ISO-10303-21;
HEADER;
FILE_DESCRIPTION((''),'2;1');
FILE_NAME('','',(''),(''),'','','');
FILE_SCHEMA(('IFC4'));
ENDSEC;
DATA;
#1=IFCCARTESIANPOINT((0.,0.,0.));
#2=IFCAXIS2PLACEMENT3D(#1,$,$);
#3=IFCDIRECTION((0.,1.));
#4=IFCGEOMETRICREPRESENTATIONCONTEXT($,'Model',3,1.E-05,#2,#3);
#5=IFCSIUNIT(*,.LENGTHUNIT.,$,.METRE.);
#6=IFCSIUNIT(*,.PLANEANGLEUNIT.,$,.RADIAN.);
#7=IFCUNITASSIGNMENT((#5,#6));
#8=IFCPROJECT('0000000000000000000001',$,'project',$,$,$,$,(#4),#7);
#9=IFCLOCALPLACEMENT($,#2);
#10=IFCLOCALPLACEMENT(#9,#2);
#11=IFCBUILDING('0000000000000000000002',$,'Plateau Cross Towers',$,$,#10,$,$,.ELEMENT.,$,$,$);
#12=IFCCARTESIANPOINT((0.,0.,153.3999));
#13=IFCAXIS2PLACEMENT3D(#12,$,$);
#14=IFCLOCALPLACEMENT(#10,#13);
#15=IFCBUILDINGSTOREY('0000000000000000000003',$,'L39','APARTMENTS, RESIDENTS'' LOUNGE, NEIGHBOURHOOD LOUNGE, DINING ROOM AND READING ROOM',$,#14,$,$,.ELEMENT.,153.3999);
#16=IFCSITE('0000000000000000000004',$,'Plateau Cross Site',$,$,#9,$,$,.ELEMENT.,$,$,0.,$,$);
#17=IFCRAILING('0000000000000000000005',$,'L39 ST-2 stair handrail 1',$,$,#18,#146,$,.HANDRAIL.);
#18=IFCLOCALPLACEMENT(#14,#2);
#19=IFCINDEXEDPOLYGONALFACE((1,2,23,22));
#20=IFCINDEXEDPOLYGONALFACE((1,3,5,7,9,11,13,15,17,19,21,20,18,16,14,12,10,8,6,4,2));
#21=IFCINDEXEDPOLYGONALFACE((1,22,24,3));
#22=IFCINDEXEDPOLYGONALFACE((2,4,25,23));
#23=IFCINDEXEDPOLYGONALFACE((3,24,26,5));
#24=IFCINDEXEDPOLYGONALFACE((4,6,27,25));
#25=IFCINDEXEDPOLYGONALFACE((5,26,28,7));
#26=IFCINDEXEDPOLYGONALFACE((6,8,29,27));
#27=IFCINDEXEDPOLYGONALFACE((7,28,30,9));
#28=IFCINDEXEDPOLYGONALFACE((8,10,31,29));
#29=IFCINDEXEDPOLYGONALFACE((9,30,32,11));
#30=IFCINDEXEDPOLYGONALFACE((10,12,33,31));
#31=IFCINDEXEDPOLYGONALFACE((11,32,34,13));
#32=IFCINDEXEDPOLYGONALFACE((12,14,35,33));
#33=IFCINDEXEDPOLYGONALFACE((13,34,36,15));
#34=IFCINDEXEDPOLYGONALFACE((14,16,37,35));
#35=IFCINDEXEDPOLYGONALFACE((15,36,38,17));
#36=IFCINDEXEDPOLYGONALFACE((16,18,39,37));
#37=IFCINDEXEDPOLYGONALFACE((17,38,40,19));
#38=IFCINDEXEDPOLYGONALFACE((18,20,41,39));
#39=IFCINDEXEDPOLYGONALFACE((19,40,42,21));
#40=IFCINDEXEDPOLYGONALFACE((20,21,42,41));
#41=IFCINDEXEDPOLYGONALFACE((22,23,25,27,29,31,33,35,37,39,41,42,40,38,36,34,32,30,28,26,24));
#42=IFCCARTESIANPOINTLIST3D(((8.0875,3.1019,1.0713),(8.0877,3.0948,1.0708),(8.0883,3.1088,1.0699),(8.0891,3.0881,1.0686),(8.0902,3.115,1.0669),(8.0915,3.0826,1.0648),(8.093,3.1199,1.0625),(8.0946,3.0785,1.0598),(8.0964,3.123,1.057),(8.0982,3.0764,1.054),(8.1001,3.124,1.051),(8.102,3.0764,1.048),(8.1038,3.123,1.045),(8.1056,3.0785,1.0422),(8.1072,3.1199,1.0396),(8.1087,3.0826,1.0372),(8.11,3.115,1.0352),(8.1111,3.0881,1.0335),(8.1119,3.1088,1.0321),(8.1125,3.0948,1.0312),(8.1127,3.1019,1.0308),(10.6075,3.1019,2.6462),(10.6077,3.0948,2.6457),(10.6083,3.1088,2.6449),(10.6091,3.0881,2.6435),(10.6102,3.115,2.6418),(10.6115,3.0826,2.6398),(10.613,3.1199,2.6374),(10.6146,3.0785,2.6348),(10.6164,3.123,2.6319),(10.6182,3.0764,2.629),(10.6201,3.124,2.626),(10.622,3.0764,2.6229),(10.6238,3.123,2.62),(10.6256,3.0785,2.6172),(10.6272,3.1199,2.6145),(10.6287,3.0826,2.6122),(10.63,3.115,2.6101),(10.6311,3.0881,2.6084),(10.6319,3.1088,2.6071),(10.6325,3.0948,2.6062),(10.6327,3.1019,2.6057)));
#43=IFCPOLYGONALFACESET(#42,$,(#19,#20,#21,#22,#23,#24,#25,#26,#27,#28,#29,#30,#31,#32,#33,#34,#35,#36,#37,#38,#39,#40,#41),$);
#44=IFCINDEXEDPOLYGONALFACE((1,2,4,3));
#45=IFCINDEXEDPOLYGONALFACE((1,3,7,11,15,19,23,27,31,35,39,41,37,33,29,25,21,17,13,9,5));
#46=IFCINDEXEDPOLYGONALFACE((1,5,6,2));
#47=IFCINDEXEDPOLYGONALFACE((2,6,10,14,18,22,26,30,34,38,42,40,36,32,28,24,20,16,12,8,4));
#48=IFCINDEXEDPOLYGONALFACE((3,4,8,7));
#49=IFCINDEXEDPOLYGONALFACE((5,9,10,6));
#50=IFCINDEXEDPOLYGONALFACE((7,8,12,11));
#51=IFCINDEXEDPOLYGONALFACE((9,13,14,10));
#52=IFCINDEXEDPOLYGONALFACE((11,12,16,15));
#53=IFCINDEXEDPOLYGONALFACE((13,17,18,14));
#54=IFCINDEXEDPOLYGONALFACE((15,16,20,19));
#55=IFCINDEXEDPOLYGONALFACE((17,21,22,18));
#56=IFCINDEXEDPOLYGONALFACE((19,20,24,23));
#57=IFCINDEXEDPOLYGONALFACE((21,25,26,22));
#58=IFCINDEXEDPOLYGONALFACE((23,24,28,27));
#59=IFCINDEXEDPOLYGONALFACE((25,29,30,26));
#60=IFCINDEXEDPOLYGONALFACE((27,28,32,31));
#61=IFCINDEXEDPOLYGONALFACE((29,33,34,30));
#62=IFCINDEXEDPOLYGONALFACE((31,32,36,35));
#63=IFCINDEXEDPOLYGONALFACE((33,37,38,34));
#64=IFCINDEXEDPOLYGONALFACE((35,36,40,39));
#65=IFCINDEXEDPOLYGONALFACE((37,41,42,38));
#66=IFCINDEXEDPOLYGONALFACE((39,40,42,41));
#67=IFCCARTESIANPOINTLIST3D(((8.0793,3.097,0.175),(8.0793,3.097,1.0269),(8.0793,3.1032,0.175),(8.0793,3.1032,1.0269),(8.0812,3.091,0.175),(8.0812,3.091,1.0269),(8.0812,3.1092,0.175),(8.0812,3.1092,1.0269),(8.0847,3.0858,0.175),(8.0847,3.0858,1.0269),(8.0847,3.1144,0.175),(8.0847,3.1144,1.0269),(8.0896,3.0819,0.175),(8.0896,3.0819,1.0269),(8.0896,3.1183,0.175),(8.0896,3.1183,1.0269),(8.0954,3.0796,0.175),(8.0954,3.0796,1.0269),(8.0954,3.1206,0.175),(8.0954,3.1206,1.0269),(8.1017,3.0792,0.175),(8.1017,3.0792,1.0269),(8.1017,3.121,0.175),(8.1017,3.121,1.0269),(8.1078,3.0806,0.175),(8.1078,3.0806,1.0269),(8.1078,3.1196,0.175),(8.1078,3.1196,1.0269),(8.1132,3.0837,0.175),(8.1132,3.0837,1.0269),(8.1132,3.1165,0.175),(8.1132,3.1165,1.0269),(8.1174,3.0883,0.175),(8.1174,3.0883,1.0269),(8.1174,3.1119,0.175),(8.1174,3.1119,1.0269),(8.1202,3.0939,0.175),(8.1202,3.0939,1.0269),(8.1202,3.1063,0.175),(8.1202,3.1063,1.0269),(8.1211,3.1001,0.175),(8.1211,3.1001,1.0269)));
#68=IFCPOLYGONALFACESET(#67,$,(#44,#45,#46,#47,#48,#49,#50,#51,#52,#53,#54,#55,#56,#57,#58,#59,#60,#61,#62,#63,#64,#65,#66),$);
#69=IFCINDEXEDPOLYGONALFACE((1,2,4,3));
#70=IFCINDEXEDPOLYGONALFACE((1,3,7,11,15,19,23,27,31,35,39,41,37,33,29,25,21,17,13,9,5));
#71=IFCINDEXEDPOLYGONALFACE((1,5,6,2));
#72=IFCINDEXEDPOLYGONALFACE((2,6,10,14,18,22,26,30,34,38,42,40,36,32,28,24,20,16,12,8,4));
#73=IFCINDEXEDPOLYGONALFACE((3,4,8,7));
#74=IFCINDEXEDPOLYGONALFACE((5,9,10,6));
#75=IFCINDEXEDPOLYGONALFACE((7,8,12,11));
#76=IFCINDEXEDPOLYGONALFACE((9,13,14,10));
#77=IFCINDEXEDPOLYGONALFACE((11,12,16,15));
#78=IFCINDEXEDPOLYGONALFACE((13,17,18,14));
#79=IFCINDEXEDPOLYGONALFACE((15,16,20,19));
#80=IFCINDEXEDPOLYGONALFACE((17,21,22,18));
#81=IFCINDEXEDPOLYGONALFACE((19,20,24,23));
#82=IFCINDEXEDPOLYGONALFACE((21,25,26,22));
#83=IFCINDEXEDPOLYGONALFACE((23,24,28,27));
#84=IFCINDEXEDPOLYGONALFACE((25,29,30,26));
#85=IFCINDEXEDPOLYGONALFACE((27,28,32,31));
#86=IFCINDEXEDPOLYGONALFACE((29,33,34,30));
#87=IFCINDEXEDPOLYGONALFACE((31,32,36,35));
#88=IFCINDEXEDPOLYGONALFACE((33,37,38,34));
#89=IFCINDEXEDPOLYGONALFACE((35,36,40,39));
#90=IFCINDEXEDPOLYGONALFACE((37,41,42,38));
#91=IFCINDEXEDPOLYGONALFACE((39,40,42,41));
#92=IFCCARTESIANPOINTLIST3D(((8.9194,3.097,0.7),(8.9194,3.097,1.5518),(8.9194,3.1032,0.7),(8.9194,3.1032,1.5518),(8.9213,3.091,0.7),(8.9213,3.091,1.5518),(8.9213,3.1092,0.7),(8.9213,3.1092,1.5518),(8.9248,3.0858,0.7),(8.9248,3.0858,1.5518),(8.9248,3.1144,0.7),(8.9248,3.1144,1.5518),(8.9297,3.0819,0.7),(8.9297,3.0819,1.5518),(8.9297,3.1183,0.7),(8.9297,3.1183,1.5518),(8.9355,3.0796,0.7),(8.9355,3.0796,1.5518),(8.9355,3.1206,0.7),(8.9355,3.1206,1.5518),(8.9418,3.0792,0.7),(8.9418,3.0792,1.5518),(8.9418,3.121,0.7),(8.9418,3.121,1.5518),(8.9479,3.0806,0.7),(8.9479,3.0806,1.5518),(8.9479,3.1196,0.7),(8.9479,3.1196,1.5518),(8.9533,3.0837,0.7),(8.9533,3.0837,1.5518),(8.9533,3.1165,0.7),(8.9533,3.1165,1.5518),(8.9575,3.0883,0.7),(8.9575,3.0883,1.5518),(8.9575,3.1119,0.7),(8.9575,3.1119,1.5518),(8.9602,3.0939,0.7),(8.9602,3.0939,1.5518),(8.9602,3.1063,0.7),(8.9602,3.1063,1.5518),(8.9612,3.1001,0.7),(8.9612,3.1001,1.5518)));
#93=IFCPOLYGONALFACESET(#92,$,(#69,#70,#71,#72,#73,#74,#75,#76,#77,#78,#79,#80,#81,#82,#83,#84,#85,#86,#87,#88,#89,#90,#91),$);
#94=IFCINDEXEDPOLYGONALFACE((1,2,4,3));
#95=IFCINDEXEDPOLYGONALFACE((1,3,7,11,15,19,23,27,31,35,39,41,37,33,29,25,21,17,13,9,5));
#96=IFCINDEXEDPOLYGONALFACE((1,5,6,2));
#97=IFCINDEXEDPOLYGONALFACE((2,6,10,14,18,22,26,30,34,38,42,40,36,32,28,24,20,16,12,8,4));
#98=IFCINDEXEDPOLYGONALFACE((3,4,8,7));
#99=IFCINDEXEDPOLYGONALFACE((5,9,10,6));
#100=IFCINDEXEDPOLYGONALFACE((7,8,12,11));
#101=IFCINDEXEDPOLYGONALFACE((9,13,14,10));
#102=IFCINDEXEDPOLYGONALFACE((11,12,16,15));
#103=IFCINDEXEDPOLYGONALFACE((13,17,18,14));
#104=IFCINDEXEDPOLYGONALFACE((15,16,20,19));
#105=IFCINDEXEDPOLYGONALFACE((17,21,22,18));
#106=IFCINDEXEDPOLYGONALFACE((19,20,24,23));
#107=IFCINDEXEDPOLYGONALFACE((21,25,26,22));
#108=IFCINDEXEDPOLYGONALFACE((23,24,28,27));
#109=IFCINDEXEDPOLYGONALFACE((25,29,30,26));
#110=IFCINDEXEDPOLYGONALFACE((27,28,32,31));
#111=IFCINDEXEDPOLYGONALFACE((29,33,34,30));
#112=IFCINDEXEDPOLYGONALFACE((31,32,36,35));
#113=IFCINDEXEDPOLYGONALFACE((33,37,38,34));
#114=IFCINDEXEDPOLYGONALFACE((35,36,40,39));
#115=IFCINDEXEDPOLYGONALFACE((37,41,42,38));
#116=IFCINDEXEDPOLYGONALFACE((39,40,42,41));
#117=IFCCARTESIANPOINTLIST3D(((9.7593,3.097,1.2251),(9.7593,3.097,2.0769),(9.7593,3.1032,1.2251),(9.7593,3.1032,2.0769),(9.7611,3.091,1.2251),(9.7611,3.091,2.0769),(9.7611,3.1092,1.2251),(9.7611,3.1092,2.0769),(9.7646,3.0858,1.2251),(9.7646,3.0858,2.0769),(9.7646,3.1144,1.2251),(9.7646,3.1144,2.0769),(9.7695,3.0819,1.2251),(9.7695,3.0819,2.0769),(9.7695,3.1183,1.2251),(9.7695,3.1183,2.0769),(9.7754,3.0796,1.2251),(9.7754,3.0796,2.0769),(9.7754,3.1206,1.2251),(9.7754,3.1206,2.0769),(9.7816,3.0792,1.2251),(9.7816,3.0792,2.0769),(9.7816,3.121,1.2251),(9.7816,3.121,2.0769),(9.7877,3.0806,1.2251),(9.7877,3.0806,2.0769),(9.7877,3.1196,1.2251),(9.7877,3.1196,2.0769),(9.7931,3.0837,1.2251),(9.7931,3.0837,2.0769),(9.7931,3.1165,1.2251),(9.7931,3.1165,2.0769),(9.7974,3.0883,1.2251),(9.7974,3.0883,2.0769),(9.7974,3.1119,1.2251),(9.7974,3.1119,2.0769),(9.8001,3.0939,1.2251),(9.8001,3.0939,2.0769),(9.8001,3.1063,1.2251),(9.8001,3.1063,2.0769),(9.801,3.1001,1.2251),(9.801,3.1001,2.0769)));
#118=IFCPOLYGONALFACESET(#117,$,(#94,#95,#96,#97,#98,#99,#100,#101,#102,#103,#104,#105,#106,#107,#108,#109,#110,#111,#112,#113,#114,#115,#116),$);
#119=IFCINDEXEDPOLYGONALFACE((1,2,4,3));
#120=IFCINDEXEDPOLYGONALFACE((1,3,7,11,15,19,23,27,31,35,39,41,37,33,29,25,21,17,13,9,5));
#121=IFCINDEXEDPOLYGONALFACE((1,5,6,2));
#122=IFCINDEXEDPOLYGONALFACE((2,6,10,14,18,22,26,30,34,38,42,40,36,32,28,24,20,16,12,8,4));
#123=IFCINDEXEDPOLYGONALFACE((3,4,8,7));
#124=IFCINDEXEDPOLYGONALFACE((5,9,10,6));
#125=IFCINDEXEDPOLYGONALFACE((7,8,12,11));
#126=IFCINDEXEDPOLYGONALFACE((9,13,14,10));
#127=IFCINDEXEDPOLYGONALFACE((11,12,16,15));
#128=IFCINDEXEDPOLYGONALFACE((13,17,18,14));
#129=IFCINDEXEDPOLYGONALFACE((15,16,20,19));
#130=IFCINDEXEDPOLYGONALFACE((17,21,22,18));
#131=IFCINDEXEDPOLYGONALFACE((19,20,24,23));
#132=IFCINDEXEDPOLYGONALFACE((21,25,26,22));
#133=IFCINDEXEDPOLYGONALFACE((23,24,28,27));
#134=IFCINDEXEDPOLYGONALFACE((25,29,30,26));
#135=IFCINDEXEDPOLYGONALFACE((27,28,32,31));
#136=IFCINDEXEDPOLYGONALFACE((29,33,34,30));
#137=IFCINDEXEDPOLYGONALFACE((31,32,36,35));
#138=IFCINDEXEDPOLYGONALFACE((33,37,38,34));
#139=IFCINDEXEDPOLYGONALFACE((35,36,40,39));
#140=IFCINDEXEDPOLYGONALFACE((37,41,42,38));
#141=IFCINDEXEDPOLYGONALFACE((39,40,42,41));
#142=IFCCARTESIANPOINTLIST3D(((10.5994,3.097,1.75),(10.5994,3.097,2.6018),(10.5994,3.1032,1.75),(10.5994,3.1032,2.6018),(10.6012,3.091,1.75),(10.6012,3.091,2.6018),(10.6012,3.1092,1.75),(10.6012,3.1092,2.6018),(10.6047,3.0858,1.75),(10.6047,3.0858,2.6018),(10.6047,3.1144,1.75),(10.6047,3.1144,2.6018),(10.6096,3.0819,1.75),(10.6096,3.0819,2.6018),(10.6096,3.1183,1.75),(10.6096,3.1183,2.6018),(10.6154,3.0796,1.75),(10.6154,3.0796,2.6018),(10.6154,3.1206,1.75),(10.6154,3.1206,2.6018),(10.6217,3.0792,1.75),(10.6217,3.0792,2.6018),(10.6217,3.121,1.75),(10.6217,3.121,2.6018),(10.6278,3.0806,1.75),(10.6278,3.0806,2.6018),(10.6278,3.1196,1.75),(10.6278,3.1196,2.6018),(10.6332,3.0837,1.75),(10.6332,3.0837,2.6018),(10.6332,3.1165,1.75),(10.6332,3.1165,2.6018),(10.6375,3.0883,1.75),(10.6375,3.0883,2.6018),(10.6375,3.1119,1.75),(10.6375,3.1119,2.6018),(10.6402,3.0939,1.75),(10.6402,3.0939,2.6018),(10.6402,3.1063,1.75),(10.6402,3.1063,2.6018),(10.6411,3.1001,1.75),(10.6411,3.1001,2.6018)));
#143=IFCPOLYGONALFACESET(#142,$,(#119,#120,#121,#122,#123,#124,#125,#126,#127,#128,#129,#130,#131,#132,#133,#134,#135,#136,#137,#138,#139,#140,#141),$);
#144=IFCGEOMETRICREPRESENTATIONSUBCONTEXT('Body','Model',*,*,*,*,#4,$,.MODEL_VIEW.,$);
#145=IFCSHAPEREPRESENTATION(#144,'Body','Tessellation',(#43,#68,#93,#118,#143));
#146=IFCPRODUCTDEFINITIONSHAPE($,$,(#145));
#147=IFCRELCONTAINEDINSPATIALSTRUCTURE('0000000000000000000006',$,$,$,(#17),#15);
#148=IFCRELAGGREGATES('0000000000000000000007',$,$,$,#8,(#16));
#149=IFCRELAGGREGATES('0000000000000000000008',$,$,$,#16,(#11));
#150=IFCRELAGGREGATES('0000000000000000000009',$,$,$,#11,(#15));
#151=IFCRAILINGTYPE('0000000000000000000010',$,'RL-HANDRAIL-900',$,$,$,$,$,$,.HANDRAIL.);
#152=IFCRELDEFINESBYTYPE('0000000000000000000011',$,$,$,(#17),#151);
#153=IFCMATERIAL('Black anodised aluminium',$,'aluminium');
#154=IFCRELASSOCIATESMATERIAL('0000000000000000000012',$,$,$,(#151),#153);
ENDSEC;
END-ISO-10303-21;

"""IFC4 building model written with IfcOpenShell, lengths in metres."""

from ifc_helpers import new_model, si_unit, direction, frame, origin, origin_2d, place, context, subcontext, project, spatial, circle, extrude, material, type_object, element, save


model = new_model("IFC4")

# Units and contexts
model_context = context("Model", 3, precision=1e-05, world=origin(), true_north=direction((0.0, 1.0)))
body_context = subcontext(model_context, "Body", "Model", "MODEL_VIEW")
ifc_project = project(units=[si_unit("LENGTHUNIT", "METRE"), si_unit("PLANEANGLEUNIT", "RADIAN")], contexts=[model_context])

# Site, building, storey
site_placement = place(None, origin())
site = spatial("IfcSite", under=ifc_project, at=site_placement, Name="Plateau Cross Site", CompositionType="ELEMENT", RefElevation=0.0)
building_placement = place(site_placement, origin())
building = spatial("IfcBuilding", under=site, at=building_placement, Name="Plateau Cross Towers", CompositionType="ELEMENT")
storey_placement = place(building_placement, frame((0.0, 0.0, 153.3999)))
storey = spatial("IfcBuildingStorey", under=building, at=storey_placement, Name="L39", Description="APARTMENTS, RESIDENTS' LOUNGE, NEIGHBOURHOOD LOUNGE, DINING ROOM AND READING ROOM", CompositionType="ELEMENT", Elevation=153.3999)

# Shared definitions
ifc_material_1 = material(Name="Black anodised aluminium", Category="aluminium")

# Railing
railing_type_1 = type_object("IfcRailingType", Name="RL-HANDRAIL-900", PredefinedType="HANDRAIL", material=ifc_material_1)
railing_1_placement = place(storey_placement, frame((8.1001, 3.1001, 0.175)))
element("IfcRailing", 1, at=railing_1_placement, inside=storey, type_object=railing_type_1, Name="L39 ST-2 stair handrail 1", PredefinedType="HANDRAIL", context=body_context, shape_type="SweptSolid", body=[
    extrude(circle(Radius=0.0239, at=origin_2d()), frame((0.0, 0.0, 0.876), z_axis=(0.848008, 0.0, 0.529984), x_axis=(0.0, 1.0, 0.0)), (0.0, 0.0, 1.0), 2.9717),
    extrude(circle(Radius=0.021, at=origin_2d()), origin(), (0.0, 0.0, 1.0), 0.8518),
    extrude(circle(Radius=0.021, at=origin_2d()), frame((0.8401, 0.0, 0.5249)), (0.0, 0.0, 1.0), 0.8518),
    extrude(circle(Radius=0.021, at=origin_2d()), frame((1.6799, 0.0, 1.05)), (0.0, 0.0, 1.0), 0.8518),
    extrude(circle(Radius=0.021, at=origin_2d()), frame((2.52, 0.0, 1.575)), (0.0, 0.0, 1.0), 0.8518),
])

save(model, "model.ifc")
